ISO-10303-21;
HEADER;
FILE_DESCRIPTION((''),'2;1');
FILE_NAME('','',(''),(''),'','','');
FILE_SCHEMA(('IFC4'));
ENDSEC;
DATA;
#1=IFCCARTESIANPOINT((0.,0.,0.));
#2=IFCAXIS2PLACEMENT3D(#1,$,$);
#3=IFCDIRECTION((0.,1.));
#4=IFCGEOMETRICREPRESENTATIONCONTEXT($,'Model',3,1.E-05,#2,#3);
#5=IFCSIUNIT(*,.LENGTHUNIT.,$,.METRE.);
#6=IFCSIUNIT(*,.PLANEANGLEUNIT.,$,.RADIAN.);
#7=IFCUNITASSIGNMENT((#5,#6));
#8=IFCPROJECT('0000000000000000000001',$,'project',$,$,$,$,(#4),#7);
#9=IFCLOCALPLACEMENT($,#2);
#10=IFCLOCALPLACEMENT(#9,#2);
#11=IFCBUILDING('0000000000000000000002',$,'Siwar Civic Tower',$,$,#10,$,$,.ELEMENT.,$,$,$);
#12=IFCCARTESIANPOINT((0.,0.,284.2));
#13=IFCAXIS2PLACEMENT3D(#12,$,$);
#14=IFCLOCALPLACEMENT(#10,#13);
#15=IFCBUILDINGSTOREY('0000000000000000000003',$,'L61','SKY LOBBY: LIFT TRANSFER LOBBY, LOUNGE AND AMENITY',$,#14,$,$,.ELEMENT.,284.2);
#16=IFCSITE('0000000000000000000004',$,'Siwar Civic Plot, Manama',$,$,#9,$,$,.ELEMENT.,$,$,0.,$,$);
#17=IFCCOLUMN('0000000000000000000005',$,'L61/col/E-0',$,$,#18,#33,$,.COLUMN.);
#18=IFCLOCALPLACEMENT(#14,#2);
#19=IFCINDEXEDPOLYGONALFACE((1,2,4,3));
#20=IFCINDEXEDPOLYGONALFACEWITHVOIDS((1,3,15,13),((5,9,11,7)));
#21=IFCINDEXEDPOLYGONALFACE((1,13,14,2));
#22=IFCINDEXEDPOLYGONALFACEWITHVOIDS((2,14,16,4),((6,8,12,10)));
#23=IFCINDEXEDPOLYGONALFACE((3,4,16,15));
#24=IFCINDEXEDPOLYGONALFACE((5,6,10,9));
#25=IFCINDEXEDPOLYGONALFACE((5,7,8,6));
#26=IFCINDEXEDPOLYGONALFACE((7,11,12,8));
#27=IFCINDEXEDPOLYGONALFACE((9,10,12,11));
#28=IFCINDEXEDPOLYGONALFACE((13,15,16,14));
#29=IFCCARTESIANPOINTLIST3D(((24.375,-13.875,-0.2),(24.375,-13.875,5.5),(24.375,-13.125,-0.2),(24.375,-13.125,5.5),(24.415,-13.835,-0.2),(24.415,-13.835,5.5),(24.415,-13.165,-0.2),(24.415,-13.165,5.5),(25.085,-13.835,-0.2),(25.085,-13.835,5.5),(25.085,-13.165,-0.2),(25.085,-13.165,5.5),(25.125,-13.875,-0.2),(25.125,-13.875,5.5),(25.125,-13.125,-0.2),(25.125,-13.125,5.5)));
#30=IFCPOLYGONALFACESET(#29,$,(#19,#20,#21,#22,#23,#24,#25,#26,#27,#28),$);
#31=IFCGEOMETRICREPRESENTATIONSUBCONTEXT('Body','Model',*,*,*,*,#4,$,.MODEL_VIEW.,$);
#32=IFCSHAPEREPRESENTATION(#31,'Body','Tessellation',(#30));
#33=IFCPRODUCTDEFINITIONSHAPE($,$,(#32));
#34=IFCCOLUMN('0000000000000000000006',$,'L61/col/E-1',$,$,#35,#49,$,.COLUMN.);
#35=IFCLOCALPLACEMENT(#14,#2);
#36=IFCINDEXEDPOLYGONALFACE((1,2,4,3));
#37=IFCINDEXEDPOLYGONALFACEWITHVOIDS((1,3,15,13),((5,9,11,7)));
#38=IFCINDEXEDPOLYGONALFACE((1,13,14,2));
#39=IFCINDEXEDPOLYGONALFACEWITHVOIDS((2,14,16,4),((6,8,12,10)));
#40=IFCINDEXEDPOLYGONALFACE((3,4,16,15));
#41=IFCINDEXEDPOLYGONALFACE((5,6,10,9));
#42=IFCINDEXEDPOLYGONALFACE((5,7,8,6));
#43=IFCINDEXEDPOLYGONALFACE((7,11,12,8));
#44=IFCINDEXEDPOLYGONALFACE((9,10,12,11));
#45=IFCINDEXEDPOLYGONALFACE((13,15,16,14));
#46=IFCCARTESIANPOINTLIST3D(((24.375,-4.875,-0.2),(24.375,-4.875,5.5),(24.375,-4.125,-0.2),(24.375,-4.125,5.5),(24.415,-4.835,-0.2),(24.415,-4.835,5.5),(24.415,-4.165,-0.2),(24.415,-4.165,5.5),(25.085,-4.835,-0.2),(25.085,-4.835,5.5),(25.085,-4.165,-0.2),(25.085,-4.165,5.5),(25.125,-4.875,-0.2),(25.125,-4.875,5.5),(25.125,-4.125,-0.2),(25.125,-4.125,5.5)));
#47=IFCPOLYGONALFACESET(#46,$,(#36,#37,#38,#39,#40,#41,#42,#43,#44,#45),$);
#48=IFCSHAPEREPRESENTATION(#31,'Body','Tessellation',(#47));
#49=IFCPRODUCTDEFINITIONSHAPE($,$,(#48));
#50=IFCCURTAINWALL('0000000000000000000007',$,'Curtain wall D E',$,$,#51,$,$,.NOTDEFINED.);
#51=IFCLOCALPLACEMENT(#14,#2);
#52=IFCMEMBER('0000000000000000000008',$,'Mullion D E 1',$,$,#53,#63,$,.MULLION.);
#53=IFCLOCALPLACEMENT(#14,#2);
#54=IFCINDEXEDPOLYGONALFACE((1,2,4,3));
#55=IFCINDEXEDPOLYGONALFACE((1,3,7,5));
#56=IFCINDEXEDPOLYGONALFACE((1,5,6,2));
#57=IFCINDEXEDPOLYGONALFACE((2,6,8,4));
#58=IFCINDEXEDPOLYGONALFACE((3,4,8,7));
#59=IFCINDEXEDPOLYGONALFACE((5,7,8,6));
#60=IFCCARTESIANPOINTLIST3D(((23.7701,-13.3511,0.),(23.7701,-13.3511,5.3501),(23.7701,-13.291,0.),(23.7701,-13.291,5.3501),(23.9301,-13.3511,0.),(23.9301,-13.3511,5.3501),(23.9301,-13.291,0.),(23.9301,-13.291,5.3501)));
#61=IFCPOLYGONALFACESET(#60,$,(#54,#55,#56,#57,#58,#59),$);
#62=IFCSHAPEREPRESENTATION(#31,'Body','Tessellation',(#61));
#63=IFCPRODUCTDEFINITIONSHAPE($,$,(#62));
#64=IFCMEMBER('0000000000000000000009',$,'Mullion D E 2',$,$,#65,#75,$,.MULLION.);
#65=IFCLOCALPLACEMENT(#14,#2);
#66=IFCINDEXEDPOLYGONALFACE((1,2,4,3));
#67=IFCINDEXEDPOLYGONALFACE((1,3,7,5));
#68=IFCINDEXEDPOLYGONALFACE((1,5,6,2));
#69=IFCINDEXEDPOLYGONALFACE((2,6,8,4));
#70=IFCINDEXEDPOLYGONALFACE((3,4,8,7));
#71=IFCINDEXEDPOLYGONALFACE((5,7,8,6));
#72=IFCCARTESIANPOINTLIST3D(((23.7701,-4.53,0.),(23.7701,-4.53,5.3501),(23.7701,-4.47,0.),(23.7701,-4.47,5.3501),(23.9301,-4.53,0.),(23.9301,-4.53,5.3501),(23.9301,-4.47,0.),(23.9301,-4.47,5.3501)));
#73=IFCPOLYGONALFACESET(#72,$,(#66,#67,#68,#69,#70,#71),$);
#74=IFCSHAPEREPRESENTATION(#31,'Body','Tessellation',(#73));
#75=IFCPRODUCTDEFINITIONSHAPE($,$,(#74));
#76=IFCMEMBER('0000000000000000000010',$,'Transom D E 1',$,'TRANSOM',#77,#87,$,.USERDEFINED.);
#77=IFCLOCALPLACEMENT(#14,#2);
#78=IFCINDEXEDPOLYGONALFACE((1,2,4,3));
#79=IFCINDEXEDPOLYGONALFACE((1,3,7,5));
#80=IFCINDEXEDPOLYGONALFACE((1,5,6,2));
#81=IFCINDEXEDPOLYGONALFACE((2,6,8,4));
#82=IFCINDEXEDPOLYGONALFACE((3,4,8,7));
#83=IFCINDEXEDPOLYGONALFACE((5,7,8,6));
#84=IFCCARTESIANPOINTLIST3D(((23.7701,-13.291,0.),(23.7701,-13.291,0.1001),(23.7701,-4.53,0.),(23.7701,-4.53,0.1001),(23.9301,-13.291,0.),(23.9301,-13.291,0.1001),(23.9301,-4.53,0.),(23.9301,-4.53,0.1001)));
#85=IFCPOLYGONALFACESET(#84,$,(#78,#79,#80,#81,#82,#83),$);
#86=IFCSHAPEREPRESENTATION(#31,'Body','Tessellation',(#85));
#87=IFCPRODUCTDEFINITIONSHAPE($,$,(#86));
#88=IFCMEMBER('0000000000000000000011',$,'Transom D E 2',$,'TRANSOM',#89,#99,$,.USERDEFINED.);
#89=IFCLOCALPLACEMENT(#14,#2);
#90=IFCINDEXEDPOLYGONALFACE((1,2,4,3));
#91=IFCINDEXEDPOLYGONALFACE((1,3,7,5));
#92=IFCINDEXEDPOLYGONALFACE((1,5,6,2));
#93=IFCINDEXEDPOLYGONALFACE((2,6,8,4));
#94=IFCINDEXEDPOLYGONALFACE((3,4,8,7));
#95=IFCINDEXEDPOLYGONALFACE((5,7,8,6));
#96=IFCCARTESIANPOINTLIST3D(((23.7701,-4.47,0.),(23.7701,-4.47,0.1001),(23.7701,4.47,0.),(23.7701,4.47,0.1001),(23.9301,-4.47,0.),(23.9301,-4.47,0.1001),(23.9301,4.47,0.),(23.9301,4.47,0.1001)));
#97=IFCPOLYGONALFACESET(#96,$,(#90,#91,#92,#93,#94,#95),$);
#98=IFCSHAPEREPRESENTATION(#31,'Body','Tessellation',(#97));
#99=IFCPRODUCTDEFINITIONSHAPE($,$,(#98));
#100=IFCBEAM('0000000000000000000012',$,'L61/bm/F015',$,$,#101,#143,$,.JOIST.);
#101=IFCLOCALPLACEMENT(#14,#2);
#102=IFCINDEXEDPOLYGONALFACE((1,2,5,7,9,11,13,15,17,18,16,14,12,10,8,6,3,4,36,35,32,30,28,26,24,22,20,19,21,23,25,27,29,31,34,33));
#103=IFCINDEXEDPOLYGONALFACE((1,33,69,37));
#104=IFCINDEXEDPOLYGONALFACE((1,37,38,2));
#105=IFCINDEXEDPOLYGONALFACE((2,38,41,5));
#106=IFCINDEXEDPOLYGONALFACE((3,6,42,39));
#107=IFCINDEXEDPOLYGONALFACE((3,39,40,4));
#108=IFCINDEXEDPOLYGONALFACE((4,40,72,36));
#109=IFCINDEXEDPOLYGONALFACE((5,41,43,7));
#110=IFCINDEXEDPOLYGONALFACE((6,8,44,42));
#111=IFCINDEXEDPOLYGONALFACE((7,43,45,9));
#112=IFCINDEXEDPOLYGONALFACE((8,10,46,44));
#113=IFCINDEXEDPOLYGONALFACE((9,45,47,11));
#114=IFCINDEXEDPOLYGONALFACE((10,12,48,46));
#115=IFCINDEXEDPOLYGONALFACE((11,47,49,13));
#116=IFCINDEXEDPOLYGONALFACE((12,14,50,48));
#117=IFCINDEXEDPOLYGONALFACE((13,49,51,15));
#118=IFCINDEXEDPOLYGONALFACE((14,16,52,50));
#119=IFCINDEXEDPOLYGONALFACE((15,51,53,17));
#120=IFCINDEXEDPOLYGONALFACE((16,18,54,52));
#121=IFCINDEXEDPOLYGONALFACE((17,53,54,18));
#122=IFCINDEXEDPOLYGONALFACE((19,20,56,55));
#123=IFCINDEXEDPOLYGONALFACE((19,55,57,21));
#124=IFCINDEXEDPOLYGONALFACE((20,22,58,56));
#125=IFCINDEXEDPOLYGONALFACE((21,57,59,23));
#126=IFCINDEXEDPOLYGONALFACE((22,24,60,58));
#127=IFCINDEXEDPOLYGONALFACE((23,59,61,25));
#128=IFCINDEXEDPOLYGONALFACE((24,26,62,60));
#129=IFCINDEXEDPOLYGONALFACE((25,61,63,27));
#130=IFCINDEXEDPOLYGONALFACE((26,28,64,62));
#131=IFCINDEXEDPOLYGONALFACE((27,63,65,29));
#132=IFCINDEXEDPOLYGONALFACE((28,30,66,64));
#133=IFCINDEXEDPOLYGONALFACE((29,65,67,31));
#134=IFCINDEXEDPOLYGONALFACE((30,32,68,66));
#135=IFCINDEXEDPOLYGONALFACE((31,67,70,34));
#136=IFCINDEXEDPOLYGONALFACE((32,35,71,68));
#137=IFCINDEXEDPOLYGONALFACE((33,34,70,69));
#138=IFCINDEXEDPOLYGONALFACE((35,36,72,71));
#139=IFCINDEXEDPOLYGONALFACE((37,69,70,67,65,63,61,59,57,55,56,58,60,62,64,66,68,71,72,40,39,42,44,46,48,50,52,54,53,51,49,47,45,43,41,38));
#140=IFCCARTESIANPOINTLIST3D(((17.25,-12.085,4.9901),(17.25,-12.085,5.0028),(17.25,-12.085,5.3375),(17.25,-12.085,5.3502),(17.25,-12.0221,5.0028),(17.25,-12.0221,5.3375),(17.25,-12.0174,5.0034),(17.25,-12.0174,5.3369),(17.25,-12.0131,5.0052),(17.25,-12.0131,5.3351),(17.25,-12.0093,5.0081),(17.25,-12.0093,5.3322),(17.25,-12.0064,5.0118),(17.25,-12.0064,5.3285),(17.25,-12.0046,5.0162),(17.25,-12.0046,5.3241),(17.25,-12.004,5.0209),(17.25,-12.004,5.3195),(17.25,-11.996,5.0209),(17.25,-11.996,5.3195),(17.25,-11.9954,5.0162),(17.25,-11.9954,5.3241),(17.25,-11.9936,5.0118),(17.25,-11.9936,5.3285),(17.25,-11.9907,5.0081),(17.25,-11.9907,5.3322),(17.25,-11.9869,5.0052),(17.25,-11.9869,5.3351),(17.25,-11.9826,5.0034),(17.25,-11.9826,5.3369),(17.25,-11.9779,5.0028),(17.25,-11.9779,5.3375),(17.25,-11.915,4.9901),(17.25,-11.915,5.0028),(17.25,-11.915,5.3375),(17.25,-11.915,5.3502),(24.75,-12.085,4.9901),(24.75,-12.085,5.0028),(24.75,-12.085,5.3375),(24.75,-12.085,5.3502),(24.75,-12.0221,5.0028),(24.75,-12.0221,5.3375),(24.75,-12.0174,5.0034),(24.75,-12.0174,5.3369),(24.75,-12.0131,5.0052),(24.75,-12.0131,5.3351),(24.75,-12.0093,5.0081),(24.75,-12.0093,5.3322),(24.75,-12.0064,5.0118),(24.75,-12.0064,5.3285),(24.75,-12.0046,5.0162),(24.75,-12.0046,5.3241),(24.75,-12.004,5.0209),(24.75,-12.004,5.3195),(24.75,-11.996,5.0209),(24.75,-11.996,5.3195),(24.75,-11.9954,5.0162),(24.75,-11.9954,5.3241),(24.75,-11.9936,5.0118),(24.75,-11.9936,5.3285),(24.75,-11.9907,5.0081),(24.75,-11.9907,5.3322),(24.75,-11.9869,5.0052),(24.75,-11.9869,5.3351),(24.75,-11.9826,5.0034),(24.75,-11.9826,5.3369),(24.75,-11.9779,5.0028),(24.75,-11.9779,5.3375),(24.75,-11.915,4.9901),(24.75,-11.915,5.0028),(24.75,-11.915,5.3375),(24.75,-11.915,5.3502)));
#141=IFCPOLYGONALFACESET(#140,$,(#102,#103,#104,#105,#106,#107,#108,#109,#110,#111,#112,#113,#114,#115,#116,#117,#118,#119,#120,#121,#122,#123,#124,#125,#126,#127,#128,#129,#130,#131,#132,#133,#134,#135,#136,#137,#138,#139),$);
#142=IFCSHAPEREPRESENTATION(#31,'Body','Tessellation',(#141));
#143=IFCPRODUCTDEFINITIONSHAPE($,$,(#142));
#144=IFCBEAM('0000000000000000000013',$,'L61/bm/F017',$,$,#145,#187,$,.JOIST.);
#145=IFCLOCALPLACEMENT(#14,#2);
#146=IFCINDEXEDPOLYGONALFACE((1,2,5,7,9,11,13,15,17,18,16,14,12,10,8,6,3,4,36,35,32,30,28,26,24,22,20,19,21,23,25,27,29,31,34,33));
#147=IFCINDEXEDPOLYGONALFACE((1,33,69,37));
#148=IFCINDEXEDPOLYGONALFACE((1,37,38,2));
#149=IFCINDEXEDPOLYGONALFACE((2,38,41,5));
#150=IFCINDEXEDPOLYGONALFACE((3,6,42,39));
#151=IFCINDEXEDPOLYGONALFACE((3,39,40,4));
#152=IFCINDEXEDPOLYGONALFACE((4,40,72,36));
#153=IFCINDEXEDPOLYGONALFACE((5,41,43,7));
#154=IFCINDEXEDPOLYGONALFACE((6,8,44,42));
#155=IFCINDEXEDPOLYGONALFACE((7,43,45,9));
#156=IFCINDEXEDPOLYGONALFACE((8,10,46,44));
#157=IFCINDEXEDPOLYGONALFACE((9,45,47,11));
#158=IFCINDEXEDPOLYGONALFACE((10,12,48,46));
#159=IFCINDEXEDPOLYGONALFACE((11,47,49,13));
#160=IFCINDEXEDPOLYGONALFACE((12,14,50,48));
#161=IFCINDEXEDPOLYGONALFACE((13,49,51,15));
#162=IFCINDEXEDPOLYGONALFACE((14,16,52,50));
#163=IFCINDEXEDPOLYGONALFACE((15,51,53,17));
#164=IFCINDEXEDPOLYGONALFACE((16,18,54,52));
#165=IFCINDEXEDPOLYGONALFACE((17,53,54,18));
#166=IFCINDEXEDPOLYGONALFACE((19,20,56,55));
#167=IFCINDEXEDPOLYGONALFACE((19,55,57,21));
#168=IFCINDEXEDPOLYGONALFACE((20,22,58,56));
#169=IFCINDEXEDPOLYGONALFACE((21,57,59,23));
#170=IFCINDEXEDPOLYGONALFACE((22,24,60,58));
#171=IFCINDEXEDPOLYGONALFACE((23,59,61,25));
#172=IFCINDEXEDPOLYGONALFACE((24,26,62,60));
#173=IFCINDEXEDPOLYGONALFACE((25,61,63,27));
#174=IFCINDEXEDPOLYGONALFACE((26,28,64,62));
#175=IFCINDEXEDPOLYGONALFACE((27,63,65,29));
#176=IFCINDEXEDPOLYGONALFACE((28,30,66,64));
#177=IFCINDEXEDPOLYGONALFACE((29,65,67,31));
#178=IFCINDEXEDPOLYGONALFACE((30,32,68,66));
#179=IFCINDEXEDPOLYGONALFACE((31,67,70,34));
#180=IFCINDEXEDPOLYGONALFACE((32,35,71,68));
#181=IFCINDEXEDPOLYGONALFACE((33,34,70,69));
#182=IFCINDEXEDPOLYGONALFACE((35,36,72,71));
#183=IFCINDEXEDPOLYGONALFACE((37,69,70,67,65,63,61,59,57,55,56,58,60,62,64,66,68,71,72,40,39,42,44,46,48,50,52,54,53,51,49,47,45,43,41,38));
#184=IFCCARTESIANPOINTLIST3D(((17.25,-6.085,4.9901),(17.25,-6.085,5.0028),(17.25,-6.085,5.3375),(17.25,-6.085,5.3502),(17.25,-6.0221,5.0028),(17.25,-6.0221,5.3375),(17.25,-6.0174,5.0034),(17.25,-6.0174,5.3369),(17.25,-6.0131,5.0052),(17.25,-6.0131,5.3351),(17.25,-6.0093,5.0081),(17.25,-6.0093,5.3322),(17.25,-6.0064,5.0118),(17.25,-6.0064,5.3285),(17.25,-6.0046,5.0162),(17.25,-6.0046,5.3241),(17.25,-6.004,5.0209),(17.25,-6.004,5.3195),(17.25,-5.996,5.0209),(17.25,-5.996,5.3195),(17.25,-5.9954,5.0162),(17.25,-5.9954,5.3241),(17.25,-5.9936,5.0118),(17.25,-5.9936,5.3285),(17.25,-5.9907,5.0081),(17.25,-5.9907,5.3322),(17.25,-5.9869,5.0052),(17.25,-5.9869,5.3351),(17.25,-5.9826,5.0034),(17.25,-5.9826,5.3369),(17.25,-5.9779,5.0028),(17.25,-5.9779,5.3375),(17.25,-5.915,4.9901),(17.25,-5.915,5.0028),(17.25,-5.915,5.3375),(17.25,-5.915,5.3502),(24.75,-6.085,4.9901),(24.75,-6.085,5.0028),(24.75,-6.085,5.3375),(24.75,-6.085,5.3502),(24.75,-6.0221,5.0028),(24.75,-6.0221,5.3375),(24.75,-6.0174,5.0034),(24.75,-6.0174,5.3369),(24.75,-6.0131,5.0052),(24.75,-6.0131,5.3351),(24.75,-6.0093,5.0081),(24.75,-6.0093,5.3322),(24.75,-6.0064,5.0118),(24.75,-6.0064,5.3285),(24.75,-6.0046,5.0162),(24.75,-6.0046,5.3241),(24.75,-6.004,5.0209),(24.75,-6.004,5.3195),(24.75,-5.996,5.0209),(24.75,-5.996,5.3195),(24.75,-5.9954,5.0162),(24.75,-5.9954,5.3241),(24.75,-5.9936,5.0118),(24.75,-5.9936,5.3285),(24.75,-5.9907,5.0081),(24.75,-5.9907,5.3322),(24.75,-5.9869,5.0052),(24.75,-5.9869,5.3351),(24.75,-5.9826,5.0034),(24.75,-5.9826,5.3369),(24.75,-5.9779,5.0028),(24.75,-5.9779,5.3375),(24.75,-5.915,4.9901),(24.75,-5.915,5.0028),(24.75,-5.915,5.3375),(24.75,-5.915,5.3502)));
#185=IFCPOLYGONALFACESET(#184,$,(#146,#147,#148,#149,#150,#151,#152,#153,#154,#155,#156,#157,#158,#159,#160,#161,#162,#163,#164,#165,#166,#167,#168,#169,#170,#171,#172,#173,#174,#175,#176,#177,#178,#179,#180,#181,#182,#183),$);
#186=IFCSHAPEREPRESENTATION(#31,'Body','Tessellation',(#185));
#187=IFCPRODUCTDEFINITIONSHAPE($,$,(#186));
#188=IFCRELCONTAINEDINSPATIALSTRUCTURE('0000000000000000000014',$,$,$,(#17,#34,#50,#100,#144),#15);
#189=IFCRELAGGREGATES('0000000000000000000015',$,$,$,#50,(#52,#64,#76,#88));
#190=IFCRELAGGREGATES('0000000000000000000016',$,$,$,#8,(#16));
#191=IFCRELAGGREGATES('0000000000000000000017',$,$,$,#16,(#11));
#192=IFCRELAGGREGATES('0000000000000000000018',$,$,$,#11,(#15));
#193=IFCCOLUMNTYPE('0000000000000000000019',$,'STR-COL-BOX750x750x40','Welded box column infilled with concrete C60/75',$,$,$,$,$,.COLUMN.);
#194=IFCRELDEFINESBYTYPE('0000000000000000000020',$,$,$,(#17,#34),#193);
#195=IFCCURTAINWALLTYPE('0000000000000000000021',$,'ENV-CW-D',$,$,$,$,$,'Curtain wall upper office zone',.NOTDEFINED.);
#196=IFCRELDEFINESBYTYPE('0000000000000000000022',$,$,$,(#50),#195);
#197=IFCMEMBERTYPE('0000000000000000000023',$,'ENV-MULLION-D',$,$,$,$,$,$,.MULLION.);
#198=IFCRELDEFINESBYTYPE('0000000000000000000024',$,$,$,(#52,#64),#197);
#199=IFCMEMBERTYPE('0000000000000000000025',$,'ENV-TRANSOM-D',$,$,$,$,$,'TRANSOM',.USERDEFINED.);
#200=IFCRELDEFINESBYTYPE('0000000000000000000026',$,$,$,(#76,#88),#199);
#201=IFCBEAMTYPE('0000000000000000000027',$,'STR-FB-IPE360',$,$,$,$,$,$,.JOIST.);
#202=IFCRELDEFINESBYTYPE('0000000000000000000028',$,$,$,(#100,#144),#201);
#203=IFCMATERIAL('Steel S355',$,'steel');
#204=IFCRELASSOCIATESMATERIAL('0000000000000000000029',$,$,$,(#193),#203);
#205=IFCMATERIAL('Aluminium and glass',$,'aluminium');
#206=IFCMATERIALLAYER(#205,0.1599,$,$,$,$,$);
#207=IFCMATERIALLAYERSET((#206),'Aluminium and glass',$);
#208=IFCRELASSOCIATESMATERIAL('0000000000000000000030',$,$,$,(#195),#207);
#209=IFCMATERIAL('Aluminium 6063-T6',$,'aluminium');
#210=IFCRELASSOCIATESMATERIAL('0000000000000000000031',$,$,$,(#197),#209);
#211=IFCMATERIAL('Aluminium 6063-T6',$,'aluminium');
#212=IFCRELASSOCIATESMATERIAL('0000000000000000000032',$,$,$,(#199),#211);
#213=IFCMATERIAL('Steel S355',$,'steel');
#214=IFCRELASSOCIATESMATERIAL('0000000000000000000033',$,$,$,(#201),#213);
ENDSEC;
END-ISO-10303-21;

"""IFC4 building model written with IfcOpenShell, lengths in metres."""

from ifc_helpers import new_model, si_unit, direction, frame, origin, origin_2d, place, context, subcontext, project, spatial, rectangle, hollow_rectangle, i_section, extrude, material, layer, layer_set, material_profile, profile_set, type_object, element, aggregate, save


model = new_model("IFC4")

# Units and contexts
model_context = context("Model", 3, precision=1e-05, world=origin(), true_north=direction((0.0, 1.0)))
body_context = subcontext(model_context, "Body", "Model", "MODEL_VIEW")
ifc_project = project(units=[si_unit("LENGTHUNIT", "METRE"), si_unit("PLANEANGLEUNIT", "RADIAN")], contexts=[model_context])

# Site, building, storey
site_placement = place(None, origin())
site = spatial("IfcSite", under=ifc_project, at=site_placement, Name="Siwar Civic Plot, Manama", CompositionType="ELEMENT", RefElevation=0.0)
building_placement = place(site_placement, origin())
building = spatial("IfcBuilding", under=site, at=building_placement, Name="Siwar Civic Tower", CompositionType="ELEMENT")
storey_placement = place(building_placement, frame((0.0, 0.0, 284.2)))
storey = spatial("IfcBuildingStorey", under=building, at=storey_placement, Name="L61", Description="SKY LOBBY: LIFT TRANSFER LOBBY, LOUNGE AND AMENITY", CompositionType="ELEMENT", Elevation=284.2)

# Columns
ifc_material_1 = material(Name="Steel S355", Category="steel")
ifc_material_profile_1 = material_profile(ifc_material_1, hollow_rectangle(XDim=0.75, YDim=0.75, WallThickness=0.04, at=origin_2d()), Name="BOX750x750x40")
ifc_profile_set_1 = profile_set([ifc_material_profile_1], Name="Steel S355")
column_type = type_object("IfcColumnType", Name="STR-COL-BOX750x750x40", Description="Welded box column infilled with concrete C60/75", PredefinedType="COLUMN", material=ifc_profile_set_1)
for number, where, z_axis, x_axis, name in (
    (1, (24.75, -13.5, -0.2), (0.0, 0.0, 1.0), (1.0, 0.0, 0.0), "L61/col/E-0"),
    (2, (24.75, -4.5, -0.2), (0.0, 0.0, 1.0), (1.0, 0.0, 0.0), "L61/col/E-1"),
):
    element("IfcColumn", number, at=place(storey_placement, frame(where, z_axis=z_axis, x_axis=x_axis)), inside=storey, type_object=column_type, Name=name, PredefinedType="COLUMN", context=body_context, shape_type="SweptSolid", body=[
        extrude(hollow_rectangle(XDim=0.75, YDim=0.75, WallThickness=0.04, at=origin_2d()), origin(), (0.0, 0.0, 1.0), 5.7),
    ])

# Curtain wall, members
ifc_material_2 = material(Name="Aluminium and glass", Category="aluminium")
ifc_layer_1 = layer(ifc_material_2, 0.1599)
ifc_layer_set_1 = layer_set([ifc_layer_1], Name="Aluminium and glass")
curtain_wall_type = type_object("IfcCurtainWallType", Name="ENV-CW-D", ElementType="Curtain wall upper office zone", PredefinedType="NOTDEFINED", material=ifc_layer_set_1)
curtain_wall_placement = place(storey_placement, origin())
curtain_wall = element("IfcCurtainWall", 3, at=curtain_wall_placement, inside=storey, type_object=curtain_wall_type, Name="Curtain wall D E", PredefinedType="NOTDEFINED")
ifc_material_3 = material(Name="Aluminium 6063-T6", Category="aluminium")
ifc_material_profile_2 = material_profile(ifc_material_3, rectangle(XDim=0.1599, YDim=0.0601, at=origin_2d()), Name="AL 160x60")
ifc_profile_set_2 = profile_set([ifc_material_profile_2], Name="Aluminium 6063-T6")
member_type_1 = type_object("IfcMemberType", Name="ENV-MULLION-D", PredefinedType="MULLION", material=ifc_profile_set_2)
member_1_placement = place(storey_placement, frame((23.8501, -13.321, 0.0), z_axis=(0.0, 0.0, 1.0), x_axis=(-1.0, 0.0, 0.0)))
member_1 = element("IfcMember", 4, at=member_1_placement, type_object=member_type_1, Name="Mullion D E 1", PredefinedType="MULLION", context=body_context, shape_type="SweptSolid", body=[
    extrude(rectangle(XDim=0.1599, YDim=0.0601, at=origin_2d()), origin(), (0.0, 0.0, 1.0), 5.3501),
])
member_2_placement = place(storey_placement, frame((23.8501, -4.5, 0.0), z_axis=(0.0, 0.0, 1.0), x_axis=(-1.0, 0.0, 0.0)))
member_2 = element("IfcMember", 5, at=member_2_placement, type_object=member_type_1, Name="Mullion D E 2", PredefinedType="MULLION", context=body_context, shape_type="SweptSolid", body=[
    extrude(rectangle(XDim=0.1599, YDim=0.0601, at=origin_2d()), origin(), (0.0, 0.0, 1.0), 5.3501),
])
ifc_material_4 = material(Name="Aluminium 6063-T6", Category="aluminium")
ifc_material_profile_3 = material_profile(ifc_material_4, rectangle(XDim=0.1599, YDim=0.1001, at=origin_2d()), Name="AL 160x100")
ifc_profile_set_3 = profile_set([ifc_material_profile_3], Name="Aluminium 6063-T6")
member_type_2 = type_object("IfcMemberType", Name="ENV-TRANSOM-D", ElementType="TRANSOM", PredefinedType="USERDEFINED", material=ifc_profile_set_3)
member_3_placement = place(storey_placement, frame((23.8501, -13.291, 0.05), z_axis=(0.0, 1.0, 0.0), x_axis=(-1.0, 0.0, 0.0)))
member_3 = element("IfcMember", 6, at=member_3_placement, type_object=member_type_2, Name="Transom D E 1", ObjectType="TRANSOM", PredefinedType="USERDEFINED", context=body_context, shape_type="SweptSolid", body=[
    extrude(rectangle(XDim=0.1599, YDim=0.1001, at=origin_2d()), origin(), (0.0, 0.0, 1.0), 8.761),
])
member_4_placement = place(storey_placement, frame((23.8501, -4.47, 0.05), z_axis=(0.0, 1.0, 0.0), x_axis=(-1.0, 0.0, 0.0)))
member_4 = element("IfcMember", 7, at=member_4_placement, type_object=member_type_2, Name="Transom D E 2", ObjectType="TRANSOM", PredefinedType="USERDEFINED", context=body_context, shape_type="SweptSolid", body=[
    extrude(rectangle(XDim=0.1599, YDim=0.1001, at=origin_2d()), origin(), (0.0, 0.0, 1.0), 8.9399),
])

# Beams
ifc_material_5 = material(Name="Steel S355", Category="steel")
ifc_material_profile_4 = material_profile(ifc_material_5, i_section(OverallWidth=0.1699, OverallDepth=0.3601, WebThickness=0.0081, FlangeThickness=0.0127, FilletRadius=0.0181, at=origin_2d()), Name="IPE360")
ifc_profile_set_4 = profile_set([ifc_material_profile_4], Name="Steel S355")
beam_type_1 = type_object("IfcBeamType", Name="STR-FB-IPE360", PredefinedType="JOIST", material=ifc_profile_set_4)
for number, where, z_axis, x_axis, name in (
    (8, (17.25, -12.0, 5.1702), (1.0, 0.0, 0.0), (0.0, 1.0, 0.0), "L61/bm/F015"),
    (9, (17.25, -6.0, 5.1702), (1.0, 0.0, 0.0), (0.0, 1.0, 0.0), "L61/bm/F017"),
):
    element("IfcBeam", number, at=place(storey_placement, frame(where, z_axis=z_axis, x_axis=x_axis)), inside=storey, type_object=beam_type_1, Name=name, PredefinedType="JOIST", context=body_context, shape_type="SweptSolid", body=[
        extrude(i_section(OverallWidth=0.1699, OverallDepth=0.3601, WebThickness=0.0081, FlangeThickness=0.0127, FilletRadius=0.0181, at=origin_2d()), origin(), (0.0, 0.0, 1.0), 7.5),
    ])

aggregate(curtain_wall, [member_1, member_2, member_3, member_4])

save(model, "model.ifc")
